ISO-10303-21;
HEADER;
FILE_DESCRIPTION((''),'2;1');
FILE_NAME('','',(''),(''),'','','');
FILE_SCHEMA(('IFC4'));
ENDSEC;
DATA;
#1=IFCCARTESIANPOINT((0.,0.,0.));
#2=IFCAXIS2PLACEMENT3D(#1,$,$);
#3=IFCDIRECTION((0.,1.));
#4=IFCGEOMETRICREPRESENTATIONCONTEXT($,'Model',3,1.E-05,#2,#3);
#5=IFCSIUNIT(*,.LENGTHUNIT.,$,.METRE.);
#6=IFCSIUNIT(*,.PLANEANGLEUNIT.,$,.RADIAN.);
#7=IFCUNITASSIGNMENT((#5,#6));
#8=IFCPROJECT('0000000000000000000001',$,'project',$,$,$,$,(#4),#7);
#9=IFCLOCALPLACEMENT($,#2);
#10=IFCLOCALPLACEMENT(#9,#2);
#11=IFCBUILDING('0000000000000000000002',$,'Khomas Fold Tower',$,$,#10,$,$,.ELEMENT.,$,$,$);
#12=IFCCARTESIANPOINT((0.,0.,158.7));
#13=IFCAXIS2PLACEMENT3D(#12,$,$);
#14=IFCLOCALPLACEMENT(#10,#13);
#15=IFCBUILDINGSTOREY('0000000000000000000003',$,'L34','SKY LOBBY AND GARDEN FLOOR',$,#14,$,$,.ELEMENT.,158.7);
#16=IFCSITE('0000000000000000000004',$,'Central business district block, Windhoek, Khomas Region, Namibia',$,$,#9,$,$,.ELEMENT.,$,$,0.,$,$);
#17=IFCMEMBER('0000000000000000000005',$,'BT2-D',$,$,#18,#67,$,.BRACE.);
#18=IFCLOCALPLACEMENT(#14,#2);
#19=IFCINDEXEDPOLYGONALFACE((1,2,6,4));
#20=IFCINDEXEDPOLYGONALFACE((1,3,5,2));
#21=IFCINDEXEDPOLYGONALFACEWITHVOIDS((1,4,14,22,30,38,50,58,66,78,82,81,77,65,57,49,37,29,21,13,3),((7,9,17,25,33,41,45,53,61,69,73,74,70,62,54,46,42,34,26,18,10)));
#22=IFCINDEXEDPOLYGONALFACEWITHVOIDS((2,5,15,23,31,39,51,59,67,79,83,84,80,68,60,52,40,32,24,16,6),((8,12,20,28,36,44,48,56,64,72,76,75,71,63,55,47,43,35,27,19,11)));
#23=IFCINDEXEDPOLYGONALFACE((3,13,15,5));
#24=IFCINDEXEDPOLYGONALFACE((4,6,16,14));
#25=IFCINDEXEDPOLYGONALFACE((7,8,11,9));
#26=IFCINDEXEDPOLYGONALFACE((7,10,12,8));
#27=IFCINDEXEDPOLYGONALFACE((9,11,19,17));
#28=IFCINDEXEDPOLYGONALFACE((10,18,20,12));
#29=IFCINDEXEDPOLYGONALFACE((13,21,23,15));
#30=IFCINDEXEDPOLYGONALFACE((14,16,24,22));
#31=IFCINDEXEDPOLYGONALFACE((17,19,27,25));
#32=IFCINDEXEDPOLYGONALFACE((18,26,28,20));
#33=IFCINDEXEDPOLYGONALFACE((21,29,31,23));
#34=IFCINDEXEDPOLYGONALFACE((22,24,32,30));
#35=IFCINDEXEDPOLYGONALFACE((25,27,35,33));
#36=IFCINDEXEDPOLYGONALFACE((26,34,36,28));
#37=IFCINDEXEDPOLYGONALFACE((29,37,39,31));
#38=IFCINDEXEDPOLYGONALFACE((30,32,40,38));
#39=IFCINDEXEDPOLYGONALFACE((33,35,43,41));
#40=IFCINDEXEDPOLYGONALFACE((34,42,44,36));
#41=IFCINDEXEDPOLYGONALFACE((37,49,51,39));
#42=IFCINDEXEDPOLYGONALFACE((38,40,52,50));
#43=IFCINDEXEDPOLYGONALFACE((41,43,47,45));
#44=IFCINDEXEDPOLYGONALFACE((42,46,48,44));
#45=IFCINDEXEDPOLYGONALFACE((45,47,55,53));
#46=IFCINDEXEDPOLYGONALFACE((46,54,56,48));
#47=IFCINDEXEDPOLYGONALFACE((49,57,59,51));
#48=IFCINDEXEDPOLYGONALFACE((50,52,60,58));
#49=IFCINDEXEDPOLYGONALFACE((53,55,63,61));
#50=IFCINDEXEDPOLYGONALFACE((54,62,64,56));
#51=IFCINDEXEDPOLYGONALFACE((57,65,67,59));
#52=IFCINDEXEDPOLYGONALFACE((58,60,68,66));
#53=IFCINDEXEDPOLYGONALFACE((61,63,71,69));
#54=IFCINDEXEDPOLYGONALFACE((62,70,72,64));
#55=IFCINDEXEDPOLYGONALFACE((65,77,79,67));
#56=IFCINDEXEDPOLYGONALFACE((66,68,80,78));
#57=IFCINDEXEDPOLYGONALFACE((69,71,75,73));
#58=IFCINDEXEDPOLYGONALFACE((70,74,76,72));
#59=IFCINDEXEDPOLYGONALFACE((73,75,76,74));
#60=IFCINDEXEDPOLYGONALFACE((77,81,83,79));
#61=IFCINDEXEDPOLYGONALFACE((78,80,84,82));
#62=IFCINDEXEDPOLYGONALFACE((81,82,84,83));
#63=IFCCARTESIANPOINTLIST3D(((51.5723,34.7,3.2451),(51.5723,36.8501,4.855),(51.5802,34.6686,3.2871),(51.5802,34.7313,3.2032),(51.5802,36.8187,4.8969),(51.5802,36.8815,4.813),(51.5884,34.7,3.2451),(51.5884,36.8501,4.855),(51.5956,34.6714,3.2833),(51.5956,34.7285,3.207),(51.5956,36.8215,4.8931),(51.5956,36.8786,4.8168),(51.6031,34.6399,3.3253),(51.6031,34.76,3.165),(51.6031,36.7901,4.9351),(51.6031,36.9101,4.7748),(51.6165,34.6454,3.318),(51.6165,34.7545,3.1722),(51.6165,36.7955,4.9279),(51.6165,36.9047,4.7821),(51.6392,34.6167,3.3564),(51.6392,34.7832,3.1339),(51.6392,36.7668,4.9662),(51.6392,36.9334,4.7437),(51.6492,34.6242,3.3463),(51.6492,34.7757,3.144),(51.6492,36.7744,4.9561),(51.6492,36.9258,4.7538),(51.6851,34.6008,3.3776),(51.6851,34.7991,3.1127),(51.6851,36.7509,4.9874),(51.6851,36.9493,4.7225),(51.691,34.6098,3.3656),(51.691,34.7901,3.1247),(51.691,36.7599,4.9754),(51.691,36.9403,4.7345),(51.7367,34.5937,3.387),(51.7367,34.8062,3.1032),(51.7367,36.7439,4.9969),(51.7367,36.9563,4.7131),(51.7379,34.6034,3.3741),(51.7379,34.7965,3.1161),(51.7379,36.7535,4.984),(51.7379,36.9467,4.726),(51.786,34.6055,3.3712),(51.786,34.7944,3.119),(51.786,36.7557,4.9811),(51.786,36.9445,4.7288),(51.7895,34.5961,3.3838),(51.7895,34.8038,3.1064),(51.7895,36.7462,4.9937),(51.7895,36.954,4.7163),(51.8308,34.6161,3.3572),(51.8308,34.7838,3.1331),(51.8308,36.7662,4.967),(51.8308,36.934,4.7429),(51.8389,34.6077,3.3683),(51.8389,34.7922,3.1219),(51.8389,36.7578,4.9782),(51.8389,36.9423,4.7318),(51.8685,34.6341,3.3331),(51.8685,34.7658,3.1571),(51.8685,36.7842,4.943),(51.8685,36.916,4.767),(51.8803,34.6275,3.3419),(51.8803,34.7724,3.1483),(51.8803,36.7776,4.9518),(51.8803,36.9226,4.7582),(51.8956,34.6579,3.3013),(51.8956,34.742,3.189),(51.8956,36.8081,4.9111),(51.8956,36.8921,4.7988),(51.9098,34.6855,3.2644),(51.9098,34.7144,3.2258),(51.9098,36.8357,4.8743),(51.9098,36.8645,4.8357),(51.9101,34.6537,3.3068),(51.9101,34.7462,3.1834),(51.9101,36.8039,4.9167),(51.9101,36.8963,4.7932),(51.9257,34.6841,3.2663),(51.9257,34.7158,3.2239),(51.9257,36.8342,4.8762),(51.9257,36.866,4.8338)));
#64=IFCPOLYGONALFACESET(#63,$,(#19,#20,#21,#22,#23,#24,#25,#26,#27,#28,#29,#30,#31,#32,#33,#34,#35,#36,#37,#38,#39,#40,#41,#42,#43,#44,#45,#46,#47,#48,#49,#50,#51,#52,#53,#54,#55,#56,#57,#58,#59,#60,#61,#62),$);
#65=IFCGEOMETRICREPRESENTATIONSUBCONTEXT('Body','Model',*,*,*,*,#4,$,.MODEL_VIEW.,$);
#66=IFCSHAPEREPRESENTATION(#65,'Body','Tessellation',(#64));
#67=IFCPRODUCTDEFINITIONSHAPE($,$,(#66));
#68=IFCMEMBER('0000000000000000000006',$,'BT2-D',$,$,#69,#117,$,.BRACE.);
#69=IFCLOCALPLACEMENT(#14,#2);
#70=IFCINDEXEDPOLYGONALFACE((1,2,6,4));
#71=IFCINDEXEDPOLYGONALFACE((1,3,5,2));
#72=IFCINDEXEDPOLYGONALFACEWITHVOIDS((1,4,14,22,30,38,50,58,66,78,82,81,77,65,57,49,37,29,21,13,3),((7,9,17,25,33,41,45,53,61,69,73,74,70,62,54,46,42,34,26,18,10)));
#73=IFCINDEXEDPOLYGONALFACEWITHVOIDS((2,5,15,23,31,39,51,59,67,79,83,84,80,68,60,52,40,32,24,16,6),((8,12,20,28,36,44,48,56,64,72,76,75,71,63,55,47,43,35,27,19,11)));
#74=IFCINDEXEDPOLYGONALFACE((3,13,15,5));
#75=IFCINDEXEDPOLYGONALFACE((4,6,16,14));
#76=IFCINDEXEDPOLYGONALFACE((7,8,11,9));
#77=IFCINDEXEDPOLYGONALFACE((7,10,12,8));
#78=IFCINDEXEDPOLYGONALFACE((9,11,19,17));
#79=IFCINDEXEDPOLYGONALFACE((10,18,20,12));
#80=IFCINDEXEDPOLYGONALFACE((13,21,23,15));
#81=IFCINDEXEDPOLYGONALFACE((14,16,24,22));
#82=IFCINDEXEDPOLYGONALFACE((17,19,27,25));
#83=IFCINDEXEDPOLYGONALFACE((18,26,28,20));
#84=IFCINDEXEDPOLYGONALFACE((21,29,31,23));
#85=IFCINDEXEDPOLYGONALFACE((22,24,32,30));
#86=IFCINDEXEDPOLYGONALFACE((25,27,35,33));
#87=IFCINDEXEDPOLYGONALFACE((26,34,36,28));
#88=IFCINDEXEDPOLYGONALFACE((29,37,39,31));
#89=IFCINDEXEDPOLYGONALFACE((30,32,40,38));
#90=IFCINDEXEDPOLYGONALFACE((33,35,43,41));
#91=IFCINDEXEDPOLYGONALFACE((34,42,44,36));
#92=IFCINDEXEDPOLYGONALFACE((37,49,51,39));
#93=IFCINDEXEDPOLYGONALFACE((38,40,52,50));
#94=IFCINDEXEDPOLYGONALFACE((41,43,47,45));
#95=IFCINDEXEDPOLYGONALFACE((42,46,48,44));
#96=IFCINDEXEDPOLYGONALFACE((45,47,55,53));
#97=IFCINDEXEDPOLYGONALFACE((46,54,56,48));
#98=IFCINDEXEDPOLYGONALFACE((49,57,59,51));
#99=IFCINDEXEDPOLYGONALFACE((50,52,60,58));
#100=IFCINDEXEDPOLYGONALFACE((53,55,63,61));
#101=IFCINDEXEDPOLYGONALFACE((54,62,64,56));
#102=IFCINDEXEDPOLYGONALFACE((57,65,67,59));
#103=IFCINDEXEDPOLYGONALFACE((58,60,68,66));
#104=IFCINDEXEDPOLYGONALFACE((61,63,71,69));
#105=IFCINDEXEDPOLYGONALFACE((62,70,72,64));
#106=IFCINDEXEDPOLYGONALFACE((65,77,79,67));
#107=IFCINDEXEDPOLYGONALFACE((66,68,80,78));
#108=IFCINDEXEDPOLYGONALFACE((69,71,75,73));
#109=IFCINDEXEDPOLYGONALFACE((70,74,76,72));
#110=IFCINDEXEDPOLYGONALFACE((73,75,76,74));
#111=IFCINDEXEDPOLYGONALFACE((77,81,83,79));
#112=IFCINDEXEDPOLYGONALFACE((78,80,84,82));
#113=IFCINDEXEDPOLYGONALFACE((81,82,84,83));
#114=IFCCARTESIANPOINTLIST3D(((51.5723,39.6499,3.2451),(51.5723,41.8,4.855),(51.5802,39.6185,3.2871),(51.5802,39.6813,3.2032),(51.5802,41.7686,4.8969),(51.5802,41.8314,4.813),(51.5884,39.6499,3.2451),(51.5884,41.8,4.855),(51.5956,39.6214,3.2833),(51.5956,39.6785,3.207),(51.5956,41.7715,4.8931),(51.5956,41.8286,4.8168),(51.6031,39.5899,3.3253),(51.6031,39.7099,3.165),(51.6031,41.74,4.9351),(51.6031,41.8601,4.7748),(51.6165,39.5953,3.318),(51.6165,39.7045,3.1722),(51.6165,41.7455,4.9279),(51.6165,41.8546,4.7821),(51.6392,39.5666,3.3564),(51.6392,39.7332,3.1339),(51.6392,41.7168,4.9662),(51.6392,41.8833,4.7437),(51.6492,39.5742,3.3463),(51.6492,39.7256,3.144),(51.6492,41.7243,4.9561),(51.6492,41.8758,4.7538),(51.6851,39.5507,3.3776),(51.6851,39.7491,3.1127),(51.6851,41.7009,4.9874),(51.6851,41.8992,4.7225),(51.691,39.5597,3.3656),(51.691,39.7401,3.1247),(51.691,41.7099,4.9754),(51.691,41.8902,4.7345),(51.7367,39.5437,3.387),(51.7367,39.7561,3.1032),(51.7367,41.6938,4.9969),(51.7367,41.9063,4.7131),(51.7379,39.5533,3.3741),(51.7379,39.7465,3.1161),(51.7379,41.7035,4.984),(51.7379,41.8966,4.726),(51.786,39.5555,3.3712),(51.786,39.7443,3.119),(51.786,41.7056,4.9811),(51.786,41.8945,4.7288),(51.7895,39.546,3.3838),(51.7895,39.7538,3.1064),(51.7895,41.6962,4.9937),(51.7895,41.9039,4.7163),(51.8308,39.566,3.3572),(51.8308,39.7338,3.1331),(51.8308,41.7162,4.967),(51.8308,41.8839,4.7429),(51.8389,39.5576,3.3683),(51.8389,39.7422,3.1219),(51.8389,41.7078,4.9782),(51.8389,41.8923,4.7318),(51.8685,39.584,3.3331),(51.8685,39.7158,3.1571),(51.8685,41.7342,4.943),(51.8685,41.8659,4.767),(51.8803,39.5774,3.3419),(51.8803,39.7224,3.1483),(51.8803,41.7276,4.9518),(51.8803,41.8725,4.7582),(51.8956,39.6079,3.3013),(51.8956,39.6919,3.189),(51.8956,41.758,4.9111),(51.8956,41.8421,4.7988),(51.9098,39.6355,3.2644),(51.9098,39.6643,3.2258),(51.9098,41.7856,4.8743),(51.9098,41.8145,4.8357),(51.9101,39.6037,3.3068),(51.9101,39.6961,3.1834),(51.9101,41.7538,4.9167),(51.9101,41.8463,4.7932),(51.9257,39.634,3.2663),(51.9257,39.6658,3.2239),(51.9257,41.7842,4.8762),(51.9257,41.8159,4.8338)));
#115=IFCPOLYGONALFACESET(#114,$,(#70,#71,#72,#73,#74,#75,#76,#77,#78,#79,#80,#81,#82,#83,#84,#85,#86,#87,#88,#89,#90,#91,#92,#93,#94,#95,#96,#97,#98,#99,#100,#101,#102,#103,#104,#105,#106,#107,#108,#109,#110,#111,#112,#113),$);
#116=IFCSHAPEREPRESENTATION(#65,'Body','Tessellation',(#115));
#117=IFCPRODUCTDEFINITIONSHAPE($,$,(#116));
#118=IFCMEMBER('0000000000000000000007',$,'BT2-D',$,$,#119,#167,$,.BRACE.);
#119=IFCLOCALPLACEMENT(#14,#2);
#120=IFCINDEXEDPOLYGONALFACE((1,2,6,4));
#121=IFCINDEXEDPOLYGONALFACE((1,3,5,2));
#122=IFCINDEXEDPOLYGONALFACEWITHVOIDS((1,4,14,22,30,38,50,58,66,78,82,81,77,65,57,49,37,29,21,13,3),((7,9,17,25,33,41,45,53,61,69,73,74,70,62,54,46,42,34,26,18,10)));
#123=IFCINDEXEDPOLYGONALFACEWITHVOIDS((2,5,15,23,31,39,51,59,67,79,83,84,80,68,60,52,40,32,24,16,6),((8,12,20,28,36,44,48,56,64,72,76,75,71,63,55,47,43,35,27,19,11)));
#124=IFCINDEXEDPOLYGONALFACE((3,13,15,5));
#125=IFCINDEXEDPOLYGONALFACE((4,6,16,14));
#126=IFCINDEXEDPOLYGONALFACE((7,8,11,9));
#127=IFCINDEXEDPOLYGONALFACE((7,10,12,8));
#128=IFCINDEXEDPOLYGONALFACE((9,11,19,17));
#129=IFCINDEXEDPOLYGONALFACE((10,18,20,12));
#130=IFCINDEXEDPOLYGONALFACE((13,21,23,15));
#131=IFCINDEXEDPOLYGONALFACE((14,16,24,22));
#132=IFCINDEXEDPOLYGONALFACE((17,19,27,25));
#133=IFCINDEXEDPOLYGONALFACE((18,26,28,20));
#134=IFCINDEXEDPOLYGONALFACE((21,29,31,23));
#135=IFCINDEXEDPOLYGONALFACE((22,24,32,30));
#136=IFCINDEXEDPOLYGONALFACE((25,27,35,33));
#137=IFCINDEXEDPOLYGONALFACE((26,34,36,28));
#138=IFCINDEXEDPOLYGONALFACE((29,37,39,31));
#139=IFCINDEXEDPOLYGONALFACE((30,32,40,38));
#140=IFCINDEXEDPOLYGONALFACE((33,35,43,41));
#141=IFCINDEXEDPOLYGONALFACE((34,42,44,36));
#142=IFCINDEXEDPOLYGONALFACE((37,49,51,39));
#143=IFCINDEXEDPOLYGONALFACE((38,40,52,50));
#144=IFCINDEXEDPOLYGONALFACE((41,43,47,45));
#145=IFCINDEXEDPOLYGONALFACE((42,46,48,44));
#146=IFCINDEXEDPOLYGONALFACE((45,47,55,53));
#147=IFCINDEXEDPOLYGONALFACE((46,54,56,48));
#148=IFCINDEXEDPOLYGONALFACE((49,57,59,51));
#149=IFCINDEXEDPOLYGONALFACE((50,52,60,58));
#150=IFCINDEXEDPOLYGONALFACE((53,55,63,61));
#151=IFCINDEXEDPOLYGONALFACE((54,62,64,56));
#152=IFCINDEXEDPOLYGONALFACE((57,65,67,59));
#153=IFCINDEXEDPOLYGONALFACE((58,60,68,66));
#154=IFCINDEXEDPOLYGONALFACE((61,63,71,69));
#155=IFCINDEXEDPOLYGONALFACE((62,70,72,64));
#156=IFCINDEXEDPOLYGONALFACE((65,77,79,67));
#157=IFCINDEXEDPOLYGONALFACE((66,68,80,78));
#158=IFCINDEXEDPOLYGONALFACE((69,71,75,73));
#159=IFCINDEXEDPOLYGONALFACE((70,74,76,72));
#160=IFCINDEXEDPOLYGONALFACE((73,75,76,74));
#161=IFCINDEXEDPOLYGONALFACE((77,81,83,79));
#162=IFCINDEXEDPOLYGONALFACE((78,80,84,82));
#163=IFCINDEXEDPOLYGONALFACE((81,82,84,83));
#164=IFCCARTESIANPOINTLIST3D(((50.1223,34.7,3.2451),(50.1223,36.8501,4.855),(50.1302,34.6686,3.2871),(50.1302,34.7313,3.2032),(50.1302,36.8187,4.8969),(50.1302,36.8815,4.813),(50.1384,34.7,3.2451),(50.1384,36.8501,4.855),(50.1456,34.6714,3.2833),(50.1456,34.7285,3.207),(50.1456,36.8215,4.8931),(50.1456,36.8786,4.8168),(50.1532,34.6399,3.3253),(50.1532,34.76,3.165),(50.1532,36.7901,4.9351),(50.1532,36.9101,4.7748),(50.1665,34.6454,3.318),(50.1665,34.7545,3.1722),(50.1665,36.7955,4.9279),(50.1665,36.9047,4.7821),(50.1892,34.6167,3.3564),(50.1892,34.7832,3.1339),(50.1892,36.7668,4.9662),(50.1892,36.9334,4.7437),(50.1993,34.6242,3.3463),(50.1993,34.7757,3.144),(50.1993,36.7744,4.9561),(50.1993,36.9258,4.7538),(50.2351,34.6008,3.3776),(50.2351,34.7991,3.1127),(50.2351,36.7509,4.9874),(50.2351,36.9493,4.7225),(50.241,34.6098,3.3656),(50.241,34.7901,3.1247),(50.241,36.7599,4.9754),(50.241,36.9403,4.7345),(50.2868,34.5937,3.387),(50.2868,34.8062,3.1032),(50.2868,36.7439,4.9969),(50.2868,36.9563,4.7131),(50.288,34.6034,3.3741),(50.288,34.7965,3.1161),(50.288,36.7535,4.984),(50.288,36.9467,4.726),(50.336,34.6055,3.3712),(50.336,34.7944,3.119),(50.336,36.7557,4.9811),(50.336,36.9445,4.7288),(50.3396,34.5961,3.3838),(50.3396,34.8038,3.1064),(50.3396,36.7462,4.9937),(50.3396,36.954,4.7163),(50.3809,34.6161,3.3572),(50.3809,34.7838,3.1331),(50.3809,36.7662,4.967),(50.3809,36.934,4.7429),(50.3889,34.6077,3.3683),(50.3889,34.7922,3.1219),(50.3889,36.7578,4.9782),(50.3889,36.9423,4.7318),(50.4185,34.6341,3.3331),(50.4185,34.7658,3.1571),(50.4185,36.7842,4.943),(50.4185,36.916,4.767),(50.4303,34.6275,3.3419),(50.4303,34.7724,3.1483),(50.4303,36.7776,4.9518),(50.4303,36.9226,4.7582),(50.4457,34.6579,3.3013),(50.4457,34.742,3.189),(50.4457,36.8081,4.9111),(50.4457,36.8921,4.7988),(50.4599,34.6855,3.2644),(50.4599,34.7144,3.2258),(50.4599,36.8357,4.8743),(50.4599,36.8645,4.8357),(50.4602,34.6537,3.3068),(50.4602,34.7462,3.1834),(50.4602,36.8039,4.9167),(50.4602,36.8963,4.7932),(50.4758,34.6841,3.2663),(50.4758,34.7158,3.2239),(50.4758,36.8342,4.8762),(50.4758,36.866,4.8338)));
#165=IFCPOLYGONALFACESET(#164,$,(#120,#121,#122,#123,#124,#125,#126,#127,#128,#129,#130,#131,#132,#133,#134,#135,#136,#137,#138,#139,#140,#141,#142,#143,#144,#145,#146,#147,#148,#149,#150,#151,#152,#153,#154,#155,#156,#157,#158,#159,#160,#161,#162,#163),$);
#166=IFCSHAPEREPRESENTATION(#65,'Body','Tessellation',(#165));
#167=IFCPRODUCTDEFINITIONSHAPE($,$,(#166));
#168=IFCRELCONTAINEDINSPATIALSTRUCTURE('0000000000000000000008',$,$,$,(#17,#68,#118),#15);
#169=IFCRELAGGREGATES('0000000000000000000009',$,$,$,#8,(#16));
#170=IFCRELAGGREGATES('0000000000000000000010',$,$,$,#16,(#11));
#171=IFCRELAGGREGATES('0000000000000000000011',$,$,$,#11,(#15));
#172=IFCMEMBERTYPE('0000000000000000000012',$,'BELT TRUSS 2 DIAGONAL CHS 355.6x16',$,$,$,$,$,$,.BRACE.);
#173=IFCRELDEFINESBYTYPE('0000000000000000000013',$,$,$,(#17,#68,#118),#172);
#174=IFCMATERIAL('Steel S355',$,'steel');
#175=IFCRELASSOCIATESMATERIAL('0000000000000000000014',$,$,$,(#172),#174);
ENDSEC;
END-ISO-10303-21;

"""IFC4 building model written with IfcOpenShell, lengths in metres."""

from ifc_helpers import new_model, si_unit, direction, frame, origin, origin_2d, place, context, subcontext, project, spatial, hollow_circle, extrude, source, transform, mapped, material, material_profile, profile_set, type_object, element, save


model = new_model("IFC4")

# Units and contexts
model_context = context("Model", 3, precision=1e-05, world=origin(), true_north=direction((0.0, 1.0)))
body_context = subcontext(model_context, "Body", "Model", "MODEL_VIEW")
ifc_project = project(units=[si_unit("LENGTHUNIT", "METRE"), si_unit("PLANEANGLEUNIT", "RADIAN")], contexts=[model_context])

# Site, building, storey
site_placement = place(None, origin())
site = spatial("IfcSite", under=ifc_project, at=site_placement, Name="Central business district block, Windhoek, Khomas Region, Namibia", CompositionType="ELEMENT", RefElevation=0.0)
building_placement = place(site_placement, origin())
building = spatial("IfcBuilding", under=site, at=building_placement, Name="Khomas Fold Tower", CompositionType="ELEMENT")
storey_placement = place(building_placement, frame((0.0, 0.0, 158.7)))
storey = spatial("IfcBuildingStorey", under=building, at=storey_placement, Name="L34", Description="SKY LOBBY AND GARDEN FLOOR", CompositionType="ELEMENT", Elevation=158.7)

# Members
ifc_material_1 = material(Name="Steel S355", Category="steel")
ifc_material_profile_1 = material_profile(ifc_material_1, hollow_circle(Radius=0.1777, WallThickness=0.0161, at=origin_2d()), Name="CHS 355.6x16")
ifc_profile_set_1 = profile_set([ifc_material_profile_1], Name="Steel S355")
member_type_1 = type_object("IfcMemberType", Name="BELT TRUSS 2 DIAGONAL CHS 355.6x16", PredefinedType="BRACE", material=ifc_profile_set_1)
shared_shape_1 = source(origin(), body_context, "Body", "SweptSolid", [
    extrude(hollow_circle(Radius=0.1777, WallThickness=0.0161, at=origin_2d()), origin(), (0.0, 0.0, 1.0), 2.686),
])
for number, where, z_axis, x_axis, name in (
    (1, (51.75, 34.7, 3.2451), (0.0, 0.800491, 0.599345), (-1.0, 0.0, 0.0), "BT2-D"),
    (2, (51.75, 39.6499, 3.2451), (0.0, 0.800491, 0.599345), (-1.0, 0.0, 0.0), "BT2-D"),
    (3, (50.3, 34.7, 3.2451), (0.0, 0.800491, 0.599345), (-1.0, 0.0, 0.0), "BT2-D"),
):
    element("IfcMember", number, at=place(storey_placement, frame(where, z_axis=z_axis, x_axis=x_axis)), inside=storey, type_object=member_type_1, Name=name, PredefinedType="BRACE", context=body_context, shape_type="MappedRepresentation", body=[
        mapped(shared_shape_1, transform((0.0, 0.0, 0.0))),
    ])

save(model, "model.ifc")
